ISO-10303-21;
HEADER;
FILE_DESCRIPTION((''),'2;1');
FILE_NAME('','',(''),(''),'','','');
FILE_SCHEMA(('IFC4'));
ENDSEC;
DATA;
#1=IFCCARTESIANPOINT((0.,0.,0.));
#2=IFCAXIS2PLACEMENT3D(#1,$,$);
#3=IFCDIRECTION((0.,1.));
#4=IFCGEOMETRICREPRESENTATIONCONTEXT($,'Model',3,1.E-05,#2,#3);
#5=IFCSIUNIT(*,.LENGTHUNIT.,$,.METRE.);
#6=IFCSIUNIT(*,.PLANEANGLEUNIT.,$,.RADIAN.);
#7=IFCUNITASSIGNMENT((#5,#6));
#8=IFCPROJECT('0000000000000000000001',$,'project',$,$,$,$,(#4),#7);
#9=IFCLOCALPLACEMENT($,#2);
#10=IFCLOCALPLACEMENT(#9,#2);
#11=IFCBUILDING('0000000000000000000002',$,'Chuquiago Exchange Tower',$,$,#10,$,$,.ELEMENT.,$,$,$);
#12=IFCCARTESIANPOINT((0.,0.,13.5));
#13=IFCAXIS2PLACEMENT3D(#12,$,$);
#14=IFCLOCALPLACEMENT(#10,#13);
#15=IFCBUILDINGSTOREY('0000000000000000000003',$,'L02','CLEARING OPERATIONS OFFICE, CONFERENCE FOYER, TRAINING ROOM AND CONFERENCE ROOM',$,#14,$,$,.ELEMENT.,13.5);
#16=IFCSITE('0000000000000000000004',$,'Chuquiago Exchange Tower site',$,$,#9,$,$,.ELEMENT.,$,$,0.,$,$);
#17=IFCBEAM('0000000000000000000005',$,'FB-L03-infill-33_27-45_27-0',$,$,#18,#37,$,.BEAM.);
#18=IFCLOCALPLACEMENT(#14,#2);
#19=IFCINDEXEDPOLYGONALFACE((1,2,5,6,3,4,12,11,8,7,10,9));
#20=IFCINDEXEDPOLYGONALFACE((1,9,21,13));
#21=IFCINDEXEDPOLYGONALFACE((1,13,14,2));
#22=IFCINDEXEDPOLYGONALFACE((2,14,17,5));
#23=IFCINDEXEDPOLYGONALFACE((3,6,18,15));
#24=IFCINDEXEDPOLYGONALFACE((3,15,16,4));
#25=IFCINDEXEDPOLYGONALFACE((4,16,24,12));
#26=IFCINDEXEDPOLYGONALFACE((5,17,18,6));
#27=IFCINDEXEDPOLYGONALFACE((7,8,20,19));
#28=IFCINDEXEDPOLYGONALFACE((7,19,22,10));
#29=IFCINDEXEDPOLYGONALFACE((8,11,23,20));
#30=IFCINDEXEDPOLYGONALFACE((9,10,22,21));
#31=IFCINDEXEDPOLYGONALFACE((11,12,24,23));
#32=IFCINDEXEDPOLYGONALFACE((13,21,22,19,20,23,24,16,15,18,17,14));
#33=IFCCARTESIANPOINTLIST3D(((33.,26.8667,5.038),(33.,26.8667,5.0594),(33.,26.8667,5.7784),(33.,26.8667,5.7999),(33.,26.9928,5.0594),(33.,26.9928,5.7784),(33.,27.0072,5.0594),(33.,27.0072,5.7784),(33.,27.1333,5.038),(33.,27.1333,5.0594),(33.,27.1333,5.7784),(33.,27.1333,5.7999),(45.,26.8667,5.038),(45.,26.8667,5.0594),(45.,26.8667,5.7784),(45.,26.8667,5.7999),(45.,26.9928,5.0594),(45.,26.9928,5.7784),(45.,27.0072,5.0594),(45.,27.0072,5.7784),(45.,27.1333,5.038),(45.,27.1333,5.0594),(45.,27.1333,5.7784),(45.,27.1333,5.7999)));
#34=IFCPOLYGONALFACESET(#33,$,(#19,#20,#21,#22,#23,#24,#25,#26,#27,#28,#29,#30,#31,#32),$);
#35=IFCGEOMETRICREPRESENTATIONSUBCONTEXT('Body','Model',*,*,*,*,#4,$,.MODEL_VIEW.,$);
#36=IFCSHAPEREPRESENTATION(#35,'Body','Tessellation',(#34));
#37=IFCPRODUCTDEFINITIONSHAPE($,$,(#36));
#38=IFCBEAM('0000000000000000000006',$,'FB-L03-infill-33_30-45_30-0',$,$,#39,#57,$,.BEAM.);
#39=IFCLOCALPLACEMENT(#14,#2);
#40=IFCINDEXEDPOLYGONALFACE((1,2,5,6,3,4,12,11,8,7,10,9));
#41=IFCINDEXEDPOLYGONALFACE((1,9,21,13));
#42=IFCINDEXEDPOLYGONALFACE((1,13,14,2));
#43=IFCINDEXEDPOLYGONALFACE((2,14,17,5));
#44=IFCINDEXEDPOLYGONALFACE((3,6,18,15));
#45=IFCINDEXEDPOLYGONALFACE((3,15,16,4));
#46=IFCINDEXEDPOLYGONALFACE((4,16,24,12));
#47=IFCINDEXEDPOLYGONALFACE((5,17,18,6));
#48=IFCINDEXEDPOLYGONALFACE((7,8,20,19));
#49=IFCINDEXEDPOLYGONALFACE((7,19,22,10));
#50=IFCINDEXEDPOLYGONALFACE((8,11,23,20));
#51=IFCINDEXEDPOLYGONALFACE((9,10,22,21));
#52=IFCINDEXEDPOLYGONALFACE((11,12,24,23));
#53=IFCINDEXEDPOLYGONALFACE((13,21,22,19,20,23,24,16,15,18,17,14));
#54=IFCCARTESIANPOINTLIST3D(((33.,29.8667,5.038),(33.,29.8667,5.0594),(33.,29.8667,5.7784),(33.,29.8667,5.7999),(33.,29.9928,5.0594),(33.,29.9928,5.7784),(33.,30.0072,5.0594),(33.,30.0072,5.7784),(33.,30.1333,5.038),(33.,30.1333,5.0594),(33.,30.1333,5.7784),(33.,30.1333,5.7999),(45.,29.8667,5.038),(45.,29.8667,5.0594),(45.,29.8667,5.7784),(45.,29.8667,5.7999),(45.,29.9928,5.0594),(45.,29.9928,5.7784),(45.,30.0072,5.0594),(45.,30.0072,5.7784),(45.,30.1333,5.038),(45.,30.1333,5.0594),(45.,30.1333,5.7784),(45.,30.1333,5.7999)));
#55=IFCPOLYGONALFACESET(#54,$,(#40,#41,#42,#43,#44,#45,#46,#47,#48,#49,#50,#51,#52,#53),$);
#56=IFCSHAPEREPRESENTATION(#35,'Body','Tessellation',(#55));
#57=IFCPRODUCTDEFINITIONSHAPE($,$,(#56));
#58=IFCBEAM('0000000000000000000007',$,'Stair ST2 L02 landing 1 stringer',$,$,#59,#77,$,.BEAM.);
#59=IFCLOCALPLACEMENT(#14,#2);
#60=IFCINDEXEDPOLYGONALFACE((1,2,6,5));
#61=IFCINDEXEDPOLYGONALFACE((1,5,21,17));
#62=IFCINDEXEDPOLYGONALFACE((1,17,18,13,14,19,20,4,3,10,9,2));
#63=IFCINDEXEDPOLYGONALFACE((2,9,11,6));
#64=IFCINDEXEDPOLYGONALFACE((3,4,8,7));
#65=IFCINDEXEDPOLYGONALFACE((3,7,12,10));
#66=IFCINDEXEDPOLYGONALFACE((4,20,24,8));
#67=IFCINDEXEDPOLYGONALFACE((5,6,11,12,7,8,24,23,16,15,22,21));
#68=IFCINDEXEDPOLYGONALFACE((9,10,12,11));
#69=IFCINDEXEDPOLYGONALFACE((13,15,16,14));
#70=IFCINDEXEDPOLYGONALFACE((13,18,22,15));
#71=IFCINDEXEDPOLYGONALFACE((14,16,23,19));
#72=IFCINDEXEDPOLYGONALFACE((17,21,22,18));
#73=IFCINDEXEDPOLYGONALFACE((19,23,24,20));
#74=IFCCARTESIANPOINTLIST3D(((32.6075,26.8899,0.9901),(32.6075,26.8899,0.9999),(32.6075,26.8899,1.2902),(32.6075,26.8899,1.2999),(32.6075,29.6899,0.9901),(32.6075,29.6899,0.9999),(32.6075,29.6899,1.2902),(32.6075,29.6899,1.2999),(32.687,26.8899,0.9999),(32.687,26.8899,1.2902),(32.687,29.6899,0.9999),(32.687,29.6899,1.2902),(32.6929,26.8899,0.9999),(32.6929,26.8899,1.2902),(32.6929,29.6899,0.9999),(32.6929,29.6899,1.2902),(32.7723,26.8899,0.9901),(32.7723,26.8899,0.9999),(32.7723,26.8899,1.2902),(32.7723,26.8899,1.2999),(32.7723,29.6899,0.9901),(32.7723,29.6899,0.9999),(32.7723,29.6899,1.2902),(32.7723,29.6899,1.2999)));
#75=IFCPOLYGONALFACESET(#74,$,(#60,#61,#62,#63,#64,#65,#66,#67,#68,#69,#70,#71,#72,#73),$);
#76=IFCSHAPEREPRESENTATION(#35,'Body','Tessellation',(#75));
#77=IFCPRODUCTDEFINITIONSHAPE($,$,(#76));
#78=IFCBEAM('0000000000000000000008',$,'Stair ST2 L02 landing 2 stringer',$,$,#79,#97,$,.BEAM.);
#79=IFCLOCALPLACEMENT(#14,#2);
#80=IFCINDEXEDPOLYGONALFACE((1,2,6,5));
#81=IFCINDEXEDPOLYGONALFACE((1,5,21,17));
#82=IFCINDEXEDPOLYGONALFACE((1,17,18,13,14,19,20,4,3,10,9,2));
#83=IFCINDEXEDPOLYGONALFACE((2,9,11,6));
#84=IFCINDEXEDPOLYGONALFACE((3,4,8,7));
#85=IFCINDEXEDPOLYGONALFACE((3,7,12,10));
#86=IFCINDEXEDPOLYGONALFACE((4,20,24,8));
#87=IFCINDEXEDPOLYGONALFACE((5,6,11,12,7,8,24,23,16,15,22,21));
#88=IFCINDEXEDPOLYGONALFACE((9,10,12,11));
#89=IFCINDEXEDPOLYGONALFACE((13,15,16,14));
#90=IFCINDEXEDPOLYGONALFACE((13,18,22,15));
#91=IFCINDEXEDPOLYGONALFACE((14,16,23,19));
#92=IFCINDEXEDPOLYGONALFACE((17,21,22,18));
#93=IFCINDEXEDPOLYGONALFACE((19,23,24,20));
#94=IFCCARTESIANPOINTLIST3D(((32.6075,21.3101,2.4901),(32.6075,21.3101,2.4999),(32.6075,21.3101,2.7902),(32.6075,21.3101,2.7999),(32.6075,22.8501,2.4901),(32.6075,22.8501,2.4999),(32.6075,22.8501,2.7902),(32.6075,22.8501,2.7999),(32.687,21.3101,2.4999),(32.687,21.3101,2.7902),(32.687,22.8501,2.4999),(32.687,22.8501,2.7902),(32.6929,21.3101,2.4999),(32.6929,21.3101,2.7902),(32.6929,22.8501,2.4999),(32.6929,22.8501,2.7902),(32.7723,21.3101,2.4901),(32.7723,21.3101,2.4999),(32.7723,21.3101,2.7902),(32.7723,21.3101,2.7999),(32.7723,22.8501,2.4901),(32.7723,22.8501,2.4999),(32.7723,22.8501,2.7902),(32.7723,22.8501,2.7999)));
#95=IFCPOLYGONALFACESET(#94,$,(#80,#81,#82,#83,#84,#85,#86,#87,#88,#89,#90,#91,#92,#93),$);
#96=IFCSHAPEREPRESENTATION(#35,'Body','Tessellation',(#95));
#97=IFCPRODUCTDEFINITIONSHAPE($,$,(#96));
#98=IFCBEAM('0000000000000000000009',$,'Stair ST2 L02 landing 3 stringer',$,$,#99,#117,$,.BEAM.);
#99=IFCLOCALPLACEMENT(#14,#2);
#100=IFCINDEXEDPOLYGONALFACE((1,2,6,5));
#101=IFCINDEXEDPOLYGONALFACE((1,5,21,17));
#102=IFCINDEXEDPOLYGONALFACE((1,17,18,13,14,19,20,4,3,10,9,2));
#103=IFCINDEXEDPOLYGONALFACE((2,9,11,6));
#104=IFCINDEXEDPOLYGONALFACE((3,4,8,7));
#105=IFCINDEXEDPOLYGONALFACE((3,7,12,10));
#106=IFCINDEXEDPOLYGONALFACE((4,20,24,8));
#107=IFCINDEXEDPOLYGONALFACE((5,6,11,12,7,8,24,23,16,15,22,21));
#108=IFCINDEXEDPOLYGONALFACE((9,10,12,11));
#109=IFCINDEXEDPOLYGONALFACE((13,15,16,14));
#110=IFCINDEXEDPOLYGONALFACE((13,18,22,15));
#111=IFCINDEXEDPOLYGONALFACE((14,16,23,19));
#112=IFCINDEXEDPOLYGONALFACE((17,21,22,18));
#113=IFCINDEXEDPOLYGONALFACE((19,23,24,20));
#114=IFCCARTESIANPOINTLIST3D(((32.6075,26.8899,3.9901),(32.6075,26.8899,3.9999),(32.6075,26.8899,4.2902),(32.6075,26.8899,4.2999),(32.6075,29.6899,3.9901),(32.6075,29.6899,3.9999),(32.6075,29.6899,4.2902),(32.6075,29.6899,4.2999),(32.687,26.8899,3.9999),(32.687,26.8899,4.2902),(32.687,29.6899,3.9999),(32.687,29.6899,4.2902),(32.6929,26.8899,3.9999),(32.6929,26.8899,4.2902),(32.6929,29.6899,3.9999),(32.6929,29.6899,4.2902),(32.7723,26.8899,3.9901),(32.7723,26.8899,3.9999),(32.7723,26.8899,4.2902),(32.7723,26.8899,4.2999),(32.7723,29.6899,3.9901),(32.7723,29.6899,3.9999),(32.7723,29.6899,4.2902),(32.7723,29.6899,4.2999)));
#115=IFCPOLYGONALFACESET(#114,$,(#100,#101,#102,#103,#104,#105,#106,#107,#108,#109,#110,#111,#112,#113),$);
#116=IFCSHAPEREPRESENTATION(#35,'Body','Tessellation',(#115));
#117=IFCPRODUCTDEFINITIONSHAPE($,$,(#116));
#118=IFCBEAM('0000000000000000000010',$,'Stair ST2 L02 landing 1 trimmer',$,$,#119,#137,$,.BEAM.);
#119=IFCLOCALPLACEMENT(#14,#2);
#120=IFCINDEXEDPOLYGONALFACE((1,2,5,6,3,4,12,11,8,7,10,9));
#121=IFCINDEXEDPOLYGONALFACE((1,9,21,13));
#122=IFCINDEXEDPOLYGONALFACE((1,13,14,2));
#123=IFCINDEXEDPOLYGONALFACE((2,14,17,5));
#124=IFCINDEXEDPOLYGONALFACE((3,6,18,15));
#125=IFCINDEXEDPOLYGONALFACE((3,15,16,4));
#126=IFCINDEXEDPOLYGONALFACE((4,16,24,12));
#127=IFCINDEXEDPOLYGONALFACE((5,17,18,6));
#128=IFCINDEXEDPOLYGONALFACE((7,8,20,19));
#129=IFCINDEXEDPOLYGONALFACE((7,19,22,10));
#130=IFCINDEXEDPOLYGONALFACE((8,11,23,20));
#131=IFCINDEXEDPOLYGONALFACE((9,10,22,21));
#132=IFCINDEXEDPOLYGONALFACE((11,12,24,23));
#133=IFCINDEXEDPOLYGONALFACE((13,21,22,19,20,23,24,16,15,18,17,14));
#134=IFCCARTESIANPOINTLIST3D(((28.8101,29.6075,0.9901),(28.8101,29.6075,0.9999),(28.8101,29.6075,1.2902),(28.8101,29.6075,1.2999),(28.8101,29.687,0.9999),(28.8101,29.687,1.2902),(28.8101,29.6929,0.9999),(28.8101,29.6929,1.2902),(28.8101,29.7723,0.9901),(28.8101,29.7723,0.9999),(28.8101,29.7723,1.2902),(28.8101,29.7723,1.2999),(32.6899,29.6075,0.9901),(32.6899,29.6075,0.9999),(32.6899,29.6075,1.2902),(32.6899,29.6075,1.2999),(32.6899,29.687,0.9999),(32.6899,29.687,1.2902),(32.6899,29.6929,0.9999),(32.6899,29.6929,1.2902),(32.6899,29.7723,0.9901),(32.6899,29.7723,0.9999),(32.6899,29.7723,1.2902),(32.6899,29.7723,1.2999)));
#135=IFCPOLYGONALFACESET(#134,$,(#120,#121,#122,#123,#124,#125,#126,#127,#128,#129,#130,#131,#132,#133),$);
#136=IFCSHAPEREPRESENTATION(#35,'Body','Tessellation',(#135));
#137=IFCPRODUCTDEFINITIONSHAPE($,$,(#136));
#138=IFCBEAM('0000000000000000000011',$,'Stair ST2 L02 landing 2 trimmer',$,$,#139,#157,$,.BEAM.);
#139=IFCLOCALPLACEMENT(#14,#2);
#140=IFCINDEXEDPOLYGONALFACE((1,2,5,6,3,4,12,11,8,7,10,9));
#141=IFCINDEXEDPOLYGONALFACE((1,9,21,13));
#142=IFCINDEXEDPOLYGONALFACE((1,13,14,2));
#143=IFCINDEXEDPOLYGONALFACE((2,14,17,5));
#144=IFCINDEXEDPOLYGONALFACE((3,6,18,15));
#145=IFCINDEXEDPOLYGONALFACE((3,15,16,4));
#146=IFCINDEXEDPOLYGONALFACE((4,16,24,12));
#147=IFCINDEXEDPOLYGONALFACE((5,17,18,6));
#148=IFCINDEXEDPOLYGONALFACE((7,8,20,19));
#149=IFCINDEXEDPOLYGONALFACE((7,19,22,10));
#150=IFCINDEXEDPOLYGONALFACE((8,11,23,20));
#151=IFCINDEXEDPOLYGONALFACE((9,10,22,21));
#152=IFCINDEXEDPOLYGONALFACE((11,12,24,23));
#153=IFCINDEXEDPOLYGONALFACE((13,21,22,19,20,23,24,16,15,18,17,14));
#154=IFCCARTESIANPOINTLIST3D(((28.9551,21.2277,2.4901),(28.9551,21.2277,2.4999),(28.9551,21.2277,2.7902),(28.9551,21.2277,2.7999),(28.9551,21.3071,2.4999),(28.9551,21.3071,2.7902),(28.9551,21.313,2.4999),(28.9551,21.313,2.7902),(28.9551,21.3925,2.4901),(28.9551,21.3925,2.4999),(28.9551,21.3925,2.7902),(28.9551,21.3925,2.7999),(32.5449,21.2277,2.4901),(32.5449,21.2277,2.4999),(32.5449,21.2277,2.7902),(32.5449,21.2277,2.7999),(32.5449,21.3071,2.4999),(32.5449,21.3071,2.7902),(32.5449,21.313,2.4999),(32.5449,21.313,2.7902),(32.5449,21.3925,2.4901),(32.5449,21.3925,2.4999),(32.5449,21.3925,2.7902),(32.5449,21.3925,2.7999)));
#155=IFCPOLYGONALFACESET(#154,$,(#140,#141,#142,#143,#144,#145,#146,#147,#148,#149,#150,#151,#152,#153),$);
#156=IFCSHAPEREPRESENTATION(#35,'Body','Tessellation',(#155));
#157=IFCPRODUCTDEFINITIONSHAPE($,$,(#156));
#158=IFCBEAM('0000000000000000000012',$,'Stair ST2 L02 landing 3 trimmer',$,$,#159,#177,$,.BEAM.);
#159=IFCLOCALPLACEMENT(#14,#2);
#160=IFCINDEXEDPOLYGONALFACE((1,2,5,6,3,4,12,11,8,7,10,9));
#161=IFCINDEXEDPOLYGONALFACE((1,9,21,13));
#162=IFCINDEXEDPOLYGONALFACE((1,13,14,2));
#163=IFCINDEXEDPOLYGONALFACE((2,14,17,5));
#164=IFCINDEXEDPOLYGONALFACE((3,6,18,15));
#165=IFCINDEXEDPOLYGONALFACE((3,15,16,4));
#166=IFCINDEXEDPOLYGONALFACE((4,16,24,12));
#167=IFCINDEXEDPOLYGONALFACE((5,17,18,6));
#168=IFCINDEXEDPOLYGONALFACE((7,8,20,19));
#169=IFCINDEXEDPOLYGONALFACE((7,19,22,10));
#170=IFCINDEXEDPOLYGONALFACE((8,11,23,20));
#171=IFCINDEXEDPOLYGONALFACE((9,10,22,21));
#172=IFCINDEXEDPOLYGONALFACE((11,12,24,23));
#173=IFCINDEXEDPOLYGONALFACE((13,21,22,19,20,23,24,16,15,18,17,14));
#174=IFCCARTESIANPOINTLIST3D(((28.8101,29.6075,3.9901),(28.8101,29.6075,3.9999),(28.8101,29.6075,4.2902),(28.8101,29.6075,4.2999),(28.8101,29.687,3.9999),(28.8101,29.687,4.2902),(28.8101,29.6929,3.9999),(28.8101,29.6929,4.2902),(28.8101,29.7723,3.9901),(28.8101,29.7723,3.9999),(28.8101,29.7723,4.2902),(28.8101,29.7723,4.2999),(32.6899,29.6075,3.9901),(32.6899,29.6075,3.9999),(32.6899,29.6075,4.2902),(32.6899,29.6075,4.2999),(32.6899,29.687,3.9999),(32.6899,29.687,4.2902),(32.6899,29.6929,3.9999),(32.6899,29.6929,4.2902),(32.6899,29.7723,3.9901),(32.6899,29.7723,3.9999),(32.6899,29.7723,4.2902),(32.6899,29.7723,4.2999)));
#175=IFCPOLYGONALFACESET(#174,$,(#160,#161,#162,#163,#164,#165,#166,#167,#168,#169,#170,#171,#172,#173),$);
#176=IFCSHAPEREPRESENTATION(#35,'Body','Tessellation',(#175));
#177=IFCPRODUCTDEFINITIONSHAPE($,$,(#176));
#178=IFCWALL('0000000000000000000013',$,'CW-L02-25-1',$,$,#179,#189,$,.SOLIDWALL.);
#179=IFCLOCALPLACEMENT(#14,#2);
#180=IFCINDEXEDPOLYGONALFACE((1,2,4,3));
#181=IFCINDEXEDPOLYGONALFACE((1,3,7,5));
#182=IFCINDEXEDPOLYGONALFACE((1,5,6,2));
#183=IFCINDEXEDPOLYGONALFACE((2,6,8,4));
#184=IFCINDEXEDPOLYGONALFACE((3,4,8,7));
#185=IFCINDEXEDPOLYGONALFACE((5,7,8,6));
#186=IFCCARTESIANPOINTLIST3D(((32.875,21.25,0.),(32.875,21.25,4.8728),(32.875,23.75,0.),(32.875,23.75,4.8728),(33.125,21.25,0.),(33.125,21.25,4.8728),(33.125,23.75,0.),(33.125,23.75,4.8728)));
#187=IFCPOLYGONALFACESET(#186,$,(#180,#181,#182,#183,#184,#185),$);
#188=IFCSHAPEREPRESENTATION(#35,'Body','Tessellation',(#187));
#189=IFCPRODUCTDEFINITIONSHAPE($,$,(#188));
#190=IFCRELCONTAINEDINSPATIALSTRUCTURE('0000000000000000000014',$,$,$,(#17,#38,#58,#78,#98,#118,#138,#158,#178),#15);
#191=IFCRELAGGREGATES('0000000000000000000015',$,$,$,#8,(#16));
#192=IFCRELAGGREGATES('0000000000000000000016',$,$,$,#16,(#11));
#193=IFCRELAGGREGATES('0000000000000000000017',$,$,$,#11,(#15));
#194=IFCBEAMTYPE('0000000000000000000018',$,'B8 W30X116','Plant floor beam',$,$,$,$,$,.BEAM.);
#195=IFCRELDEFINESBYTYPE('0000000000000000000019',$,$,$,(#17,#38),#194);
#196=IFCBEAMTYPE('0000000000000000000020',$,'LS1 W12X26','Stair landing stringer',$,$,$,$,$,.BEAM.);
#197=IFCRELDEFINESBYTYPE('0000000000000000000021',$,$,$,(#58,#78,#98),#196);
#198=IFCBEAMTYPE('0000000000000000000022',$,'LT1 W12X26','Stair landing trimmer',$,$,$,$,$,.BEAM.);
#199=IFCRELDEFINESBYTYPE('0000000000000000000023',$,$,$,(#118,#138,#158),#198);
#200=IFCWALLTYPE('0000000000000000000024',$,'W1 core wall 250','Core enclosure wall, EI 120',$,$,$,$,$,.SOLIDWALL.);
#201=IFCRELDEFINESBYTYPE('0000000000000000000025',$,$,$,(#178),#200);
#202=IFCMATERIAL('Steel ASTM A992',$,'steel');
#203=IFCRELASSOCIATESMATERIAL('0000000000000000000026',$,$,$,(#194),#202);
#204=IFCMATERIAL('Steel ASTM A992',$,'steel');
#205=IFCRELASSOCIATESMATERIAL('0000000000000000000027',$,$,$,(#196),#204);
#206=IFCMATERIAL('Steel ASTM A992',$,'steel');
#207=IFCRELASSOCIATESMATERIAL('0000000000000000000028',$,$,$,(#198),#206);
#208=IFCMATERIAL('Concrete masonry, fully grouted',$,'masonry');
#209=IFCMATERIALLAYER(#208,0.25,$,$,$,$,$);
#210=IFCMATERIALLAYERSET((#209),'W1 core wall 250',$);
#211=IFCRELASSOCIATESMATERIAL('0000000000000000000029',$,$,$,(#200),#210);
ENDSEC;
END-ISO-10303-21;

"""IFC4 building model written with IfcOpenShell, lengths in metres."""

from ifc_helpers import new_model, si_unit, direction, frame, frame_2d, origin, origin_2d, place, context, subcontext, project, spatial, rectangle, i_section, extrude, material, layer, layer_set, material_profile, profile_set, type_object, element, save


model = new_model("IFC4")

# Units and contexts
model_context = context("Model", 3, precision=1e-05, world=origin(), true_north=direction((0.0, 1.0)))
body_context = subcontext(model_context, "Body", "Model", "MODEL_VIEW")
ifc_project = project(units=[si_unit("LENGTHUNIT", "METRE"), si_unit("PLANEANGLEUNIT", "RADIAN")], contexts=[model_context])

# Site, building, storey
site_placement = place(None, origin())
site = spatial("IfcSite", under=ifc_project, at=site_placement, Name="Chuquiago Exchange Tower site", CompositionType="ELEMENT", RefElevation=0.0)
building_placement = place(site_placement, origin())
building = spatial("IfcBuilding", under=site, at=building_placement, Name="Chuquiago Exchange Tower", CompositionType="ELEMENT")
storey_placement = place(building_placement, frame((0.0, 0.0, 13.5)))
storey = spatial("IfcBuildingStorey", under=building, at=storey_placement, Name="L02", Description="CLEARING OPERATIONS OFFICE, CONFERENCE FOYER, TRAINING ROOM AND CONFERENCE ROOM", CompositionType="ELEMENT", Elevation=13.5)

# Beams
ifc_material_1 = material(Name="Steel ASTM A992", Category="steel")
ifc_material_profile_1 = material_profile(ifc_material_1, i_section(OverallWidth=0.2666, OverallDepth=0.762, WebThickness=0.0144, FlangeThickness=0.0215, at=origin_2d()), Name="W30X116")
ifc_profile_set_1 = profile_set([ifc_material_profile_1], Name="Steel ASTM A992")
beam_type_1 = type_object("IfcBeamType", Name="B8 W30X116", Description="Plant floor beam", PredefinedType="BEAM", material=ifc_profile_set_1)
for number, where, z_axis, x_axis, name in (
    (1, (33.0, 27.0, 5.4189), (1.0, 0.0, 0.0), (0.0, 1.0, 0.0), "FB-L03-infill-33_27-45_27-0"),
    (2, (33.0, 30.0, 5.4189), (1.0, 0.0, 0.0), (0.0, 1.0, 0.0), "FB-L03-infill-33_30-45_30-0"),
):
    element("IfcBeam", number, at=place(storey_placement, frame(where, z_axis=z_axis, x_axis=x_axis)), inside=storey, type_object=beam_type_1, Name=name, PredefinedType="BEAM", context=body_context, shape_type="SweptSolid", body=[
        extrude(i_section(OverallWidth=0.2666, OverallDepth=0.762, WebThickness=0.0144, FlangeThickness=0.0215, at=origin_2d()), origin(), (0.0, 0.0, 1.0), 12.0),
    ])
ifc_material_2 = material(Name="Steel ASTM A992", Category="steel")
ifc_material_profile_2 = material_profile(ifc_material_2, i_section(OverallWidth=0.1648, OverallDepth=0.3098, WebThickness=0.0059, FlangeThickness=0.0098, at=origin_2d()), Name="W12X26")
ifc_profile_set_2 = profile_set([ifc_material_profile_2], Name="Steel ASTM A992")
beam_type_2 = type_object("IfcBeamType", Name="LS1 W12X26", Description="Stair landing stringer", PredefinedType="BEAM", material=ifc_profile_set_2)
beam_1_placement = place(storey_placement, frame((32.6899, 26.8899, 1.145), z_axis=(0.0, 1.0, 0.0), x_axis=(-1.0, 0.0, 0.0)))
element("IfcBeam", 3, at=beam_1_placement, inside=storey, type_object=beam_type_2, Name="Stair ST2 L02 landing 1 stringer", PredefinedType="BEAM", context=body_context, shape_type="SweptSolid", body=[
    extrude(i_section(OverallWidth=0.1648, OverallDepth=0.3098, WebThickness=0.0059, FlangeThickness=0.0098, at=origin_2d()), origin(), (0.0, 0.0, 1.0), 2.8),
])
beam_2_placement = place(storey_placement, frame((32.6899, 21.3101, 2.645), z_axis=(0.0, 1.0, 0.0), x_axis=(-1.0, 0.0, 0.0)))
element("IfcBeam", 4, at=beam_2_placement, inside=storey, type_object=beam_type_2, Name="Stair ST2 L02 landing 2 stringer", PredefinedType="BEAM", context=body_context, shape_type="SweptSolid", body=[
    extrude(i_section(OverallWidth=0.1648, OverallDepth=0.3098, WebThickness=0.0059, FlangeThickness=0.0098, at=origin_2d()), origin(), (0.0, 0.0, 1.0), 1.54),
])
beam_3_placement = place(storey_placement, frame((32.6899, 26.8899, 4.145), z_axis=(0.0, 1.0, 0.0), x_axis=(-1.0, 0.0, 0.0)))
element("IfcBeam", 5, at=beam_3_placement, inside=storey, type_object=beam_type_2, Name="Stair ST2 L02 landing 3 stringer", PredefinedType="BEAM", context=body_context, shape_type="SweptSolid", body=[
    extrude(i_section(OverallWidth=0.1648, OverallDepth=0.3098, WebThickness=0.0059, FlangeThickness=0.0098, at=origin_2d()), origin(), (0.0, 0.0, 1.0), 2.8),
])
ifc_material_3 = material(Name="Steel ASTM A992", Category="steel")
ifc_material_profile_3 = material_profile(ifc_material_3, i_section(OverallWidth=0.1648, OverallDepth=0.3098, WebThickness=0.0059, FlangeThickness=0.0098, at=origin_2d()), Name="W12X26")
ifc_profile_set_3 = profile_set([ifc_material_profile_3], Name="Steel ASTM A992")
beam_type_3 = type_object("IfcBeamType", Name="LT1 W12X26", Description="Stair landing trimmer", PredefinedType="BEAM", material=ifc_profile_set_3)
beam_4_placement = place(storey_placement, frame((28.8101, 29.6899, 1.145), z_axis=(1.0, 0.0, 0.0), x_axis=(0.0, 1.0, 0.0)))
element("IfcBeam", 6, at=beam_4_placement, inside=storey, type_object=beam_type_3, Name="Stair ST2 L02 landing 1 trimmer", PredefinedType="BEAM", context=body_context, shape_type="SweptSolid", body=[
    extrude(i_section(OverallWidth=0.1648, OverallDepth=0.3098, WebThickness=0.0059, FlangeThickness=0.0098, at=origin_2d()), origin(), (0.0, 0.0, 1.0), 3.8799),
])
beam_5_placement = place(storey_placement, frame((28.9551, 21.3101, 2.645), z_axis=(1.0, 0.0, 0.0), x_axis=(0.0, 1.0, 0.0)))
element("IfcBeam", 7, at=beam_5_placement, inside=storey, type_object=beam_type_3, Name="Stair ST2 L02 landing 2 trimmer", PredefinedType="BEAM", context=body_context, shape_type="SweptSolid", body=[
    extrude(i_section(OverallWidth=0.1648, OverallDepth=0.3098, WebThickness=0.0059, FlangeThickness=0.0098, at=origin_2d()), origin(), (0.0, 0.0, 1.0), 3.5898),
])
beam_6_placement = place(storey_placement, frame((28.8101, 29.6899, 4.145), z_axis=(1.0, 0.0, 0.0), x_axis=(0.0, 1.0, 0.0)))
element("IfcBeam", 8, at=beam_6_placement, inside=storey, type_object=beam_type_3, Name="Stair ST2 L02 landing 3 trimmer", PredefinedType="BEAM", context=body_context, shape_type="SweptSolid", body=[
    extrude(i_section(OverallWidth=0.1648, OverallDepth=0.3098, WebThickness=0.0059, FlangeThickness=0.0098, at=origin_2d()), origin(), (0.0, 0.0, 1.0), 3.8799),
])

# Wall
ifc_material_4 = material(Name="Concrete masonry, fully grouted", Category="masonry")
ifc_layer = layer(ifc_material_4, 0.25)
ifc_layer_set = layer_set([ifc_layer], Name="W1 core wall 250")
wall_type = type_object("IfcWallType", Name="W1 core wall 250", Description="Core enclosure wall, EI 120", PredefinedType="SOLIDWALL", material=ifc_layer_set)
wall_1_placement = place(storey_placement, frame((33.0, 21.25, 0.0), z_axis=(0.0, 0.0, 1.0), x_axis=(0.0, 1.0, 0.0)))
element("IfcWall", 9, at=wall_1_placement, inside=storey, type_object=wall_type, Name="CW-L02-25-1", PredefinedType="SOLIDWALL", context=body_context, shape_type="SweptSolid", body=[
    extrude(rectangle(XDim=2.5, YDim=0.25, at=frame_2d((1.25, 0.0))), origin(), (0.0, 0.0, 1.0), 4.8728),
])

save(model, "model.ifc")
